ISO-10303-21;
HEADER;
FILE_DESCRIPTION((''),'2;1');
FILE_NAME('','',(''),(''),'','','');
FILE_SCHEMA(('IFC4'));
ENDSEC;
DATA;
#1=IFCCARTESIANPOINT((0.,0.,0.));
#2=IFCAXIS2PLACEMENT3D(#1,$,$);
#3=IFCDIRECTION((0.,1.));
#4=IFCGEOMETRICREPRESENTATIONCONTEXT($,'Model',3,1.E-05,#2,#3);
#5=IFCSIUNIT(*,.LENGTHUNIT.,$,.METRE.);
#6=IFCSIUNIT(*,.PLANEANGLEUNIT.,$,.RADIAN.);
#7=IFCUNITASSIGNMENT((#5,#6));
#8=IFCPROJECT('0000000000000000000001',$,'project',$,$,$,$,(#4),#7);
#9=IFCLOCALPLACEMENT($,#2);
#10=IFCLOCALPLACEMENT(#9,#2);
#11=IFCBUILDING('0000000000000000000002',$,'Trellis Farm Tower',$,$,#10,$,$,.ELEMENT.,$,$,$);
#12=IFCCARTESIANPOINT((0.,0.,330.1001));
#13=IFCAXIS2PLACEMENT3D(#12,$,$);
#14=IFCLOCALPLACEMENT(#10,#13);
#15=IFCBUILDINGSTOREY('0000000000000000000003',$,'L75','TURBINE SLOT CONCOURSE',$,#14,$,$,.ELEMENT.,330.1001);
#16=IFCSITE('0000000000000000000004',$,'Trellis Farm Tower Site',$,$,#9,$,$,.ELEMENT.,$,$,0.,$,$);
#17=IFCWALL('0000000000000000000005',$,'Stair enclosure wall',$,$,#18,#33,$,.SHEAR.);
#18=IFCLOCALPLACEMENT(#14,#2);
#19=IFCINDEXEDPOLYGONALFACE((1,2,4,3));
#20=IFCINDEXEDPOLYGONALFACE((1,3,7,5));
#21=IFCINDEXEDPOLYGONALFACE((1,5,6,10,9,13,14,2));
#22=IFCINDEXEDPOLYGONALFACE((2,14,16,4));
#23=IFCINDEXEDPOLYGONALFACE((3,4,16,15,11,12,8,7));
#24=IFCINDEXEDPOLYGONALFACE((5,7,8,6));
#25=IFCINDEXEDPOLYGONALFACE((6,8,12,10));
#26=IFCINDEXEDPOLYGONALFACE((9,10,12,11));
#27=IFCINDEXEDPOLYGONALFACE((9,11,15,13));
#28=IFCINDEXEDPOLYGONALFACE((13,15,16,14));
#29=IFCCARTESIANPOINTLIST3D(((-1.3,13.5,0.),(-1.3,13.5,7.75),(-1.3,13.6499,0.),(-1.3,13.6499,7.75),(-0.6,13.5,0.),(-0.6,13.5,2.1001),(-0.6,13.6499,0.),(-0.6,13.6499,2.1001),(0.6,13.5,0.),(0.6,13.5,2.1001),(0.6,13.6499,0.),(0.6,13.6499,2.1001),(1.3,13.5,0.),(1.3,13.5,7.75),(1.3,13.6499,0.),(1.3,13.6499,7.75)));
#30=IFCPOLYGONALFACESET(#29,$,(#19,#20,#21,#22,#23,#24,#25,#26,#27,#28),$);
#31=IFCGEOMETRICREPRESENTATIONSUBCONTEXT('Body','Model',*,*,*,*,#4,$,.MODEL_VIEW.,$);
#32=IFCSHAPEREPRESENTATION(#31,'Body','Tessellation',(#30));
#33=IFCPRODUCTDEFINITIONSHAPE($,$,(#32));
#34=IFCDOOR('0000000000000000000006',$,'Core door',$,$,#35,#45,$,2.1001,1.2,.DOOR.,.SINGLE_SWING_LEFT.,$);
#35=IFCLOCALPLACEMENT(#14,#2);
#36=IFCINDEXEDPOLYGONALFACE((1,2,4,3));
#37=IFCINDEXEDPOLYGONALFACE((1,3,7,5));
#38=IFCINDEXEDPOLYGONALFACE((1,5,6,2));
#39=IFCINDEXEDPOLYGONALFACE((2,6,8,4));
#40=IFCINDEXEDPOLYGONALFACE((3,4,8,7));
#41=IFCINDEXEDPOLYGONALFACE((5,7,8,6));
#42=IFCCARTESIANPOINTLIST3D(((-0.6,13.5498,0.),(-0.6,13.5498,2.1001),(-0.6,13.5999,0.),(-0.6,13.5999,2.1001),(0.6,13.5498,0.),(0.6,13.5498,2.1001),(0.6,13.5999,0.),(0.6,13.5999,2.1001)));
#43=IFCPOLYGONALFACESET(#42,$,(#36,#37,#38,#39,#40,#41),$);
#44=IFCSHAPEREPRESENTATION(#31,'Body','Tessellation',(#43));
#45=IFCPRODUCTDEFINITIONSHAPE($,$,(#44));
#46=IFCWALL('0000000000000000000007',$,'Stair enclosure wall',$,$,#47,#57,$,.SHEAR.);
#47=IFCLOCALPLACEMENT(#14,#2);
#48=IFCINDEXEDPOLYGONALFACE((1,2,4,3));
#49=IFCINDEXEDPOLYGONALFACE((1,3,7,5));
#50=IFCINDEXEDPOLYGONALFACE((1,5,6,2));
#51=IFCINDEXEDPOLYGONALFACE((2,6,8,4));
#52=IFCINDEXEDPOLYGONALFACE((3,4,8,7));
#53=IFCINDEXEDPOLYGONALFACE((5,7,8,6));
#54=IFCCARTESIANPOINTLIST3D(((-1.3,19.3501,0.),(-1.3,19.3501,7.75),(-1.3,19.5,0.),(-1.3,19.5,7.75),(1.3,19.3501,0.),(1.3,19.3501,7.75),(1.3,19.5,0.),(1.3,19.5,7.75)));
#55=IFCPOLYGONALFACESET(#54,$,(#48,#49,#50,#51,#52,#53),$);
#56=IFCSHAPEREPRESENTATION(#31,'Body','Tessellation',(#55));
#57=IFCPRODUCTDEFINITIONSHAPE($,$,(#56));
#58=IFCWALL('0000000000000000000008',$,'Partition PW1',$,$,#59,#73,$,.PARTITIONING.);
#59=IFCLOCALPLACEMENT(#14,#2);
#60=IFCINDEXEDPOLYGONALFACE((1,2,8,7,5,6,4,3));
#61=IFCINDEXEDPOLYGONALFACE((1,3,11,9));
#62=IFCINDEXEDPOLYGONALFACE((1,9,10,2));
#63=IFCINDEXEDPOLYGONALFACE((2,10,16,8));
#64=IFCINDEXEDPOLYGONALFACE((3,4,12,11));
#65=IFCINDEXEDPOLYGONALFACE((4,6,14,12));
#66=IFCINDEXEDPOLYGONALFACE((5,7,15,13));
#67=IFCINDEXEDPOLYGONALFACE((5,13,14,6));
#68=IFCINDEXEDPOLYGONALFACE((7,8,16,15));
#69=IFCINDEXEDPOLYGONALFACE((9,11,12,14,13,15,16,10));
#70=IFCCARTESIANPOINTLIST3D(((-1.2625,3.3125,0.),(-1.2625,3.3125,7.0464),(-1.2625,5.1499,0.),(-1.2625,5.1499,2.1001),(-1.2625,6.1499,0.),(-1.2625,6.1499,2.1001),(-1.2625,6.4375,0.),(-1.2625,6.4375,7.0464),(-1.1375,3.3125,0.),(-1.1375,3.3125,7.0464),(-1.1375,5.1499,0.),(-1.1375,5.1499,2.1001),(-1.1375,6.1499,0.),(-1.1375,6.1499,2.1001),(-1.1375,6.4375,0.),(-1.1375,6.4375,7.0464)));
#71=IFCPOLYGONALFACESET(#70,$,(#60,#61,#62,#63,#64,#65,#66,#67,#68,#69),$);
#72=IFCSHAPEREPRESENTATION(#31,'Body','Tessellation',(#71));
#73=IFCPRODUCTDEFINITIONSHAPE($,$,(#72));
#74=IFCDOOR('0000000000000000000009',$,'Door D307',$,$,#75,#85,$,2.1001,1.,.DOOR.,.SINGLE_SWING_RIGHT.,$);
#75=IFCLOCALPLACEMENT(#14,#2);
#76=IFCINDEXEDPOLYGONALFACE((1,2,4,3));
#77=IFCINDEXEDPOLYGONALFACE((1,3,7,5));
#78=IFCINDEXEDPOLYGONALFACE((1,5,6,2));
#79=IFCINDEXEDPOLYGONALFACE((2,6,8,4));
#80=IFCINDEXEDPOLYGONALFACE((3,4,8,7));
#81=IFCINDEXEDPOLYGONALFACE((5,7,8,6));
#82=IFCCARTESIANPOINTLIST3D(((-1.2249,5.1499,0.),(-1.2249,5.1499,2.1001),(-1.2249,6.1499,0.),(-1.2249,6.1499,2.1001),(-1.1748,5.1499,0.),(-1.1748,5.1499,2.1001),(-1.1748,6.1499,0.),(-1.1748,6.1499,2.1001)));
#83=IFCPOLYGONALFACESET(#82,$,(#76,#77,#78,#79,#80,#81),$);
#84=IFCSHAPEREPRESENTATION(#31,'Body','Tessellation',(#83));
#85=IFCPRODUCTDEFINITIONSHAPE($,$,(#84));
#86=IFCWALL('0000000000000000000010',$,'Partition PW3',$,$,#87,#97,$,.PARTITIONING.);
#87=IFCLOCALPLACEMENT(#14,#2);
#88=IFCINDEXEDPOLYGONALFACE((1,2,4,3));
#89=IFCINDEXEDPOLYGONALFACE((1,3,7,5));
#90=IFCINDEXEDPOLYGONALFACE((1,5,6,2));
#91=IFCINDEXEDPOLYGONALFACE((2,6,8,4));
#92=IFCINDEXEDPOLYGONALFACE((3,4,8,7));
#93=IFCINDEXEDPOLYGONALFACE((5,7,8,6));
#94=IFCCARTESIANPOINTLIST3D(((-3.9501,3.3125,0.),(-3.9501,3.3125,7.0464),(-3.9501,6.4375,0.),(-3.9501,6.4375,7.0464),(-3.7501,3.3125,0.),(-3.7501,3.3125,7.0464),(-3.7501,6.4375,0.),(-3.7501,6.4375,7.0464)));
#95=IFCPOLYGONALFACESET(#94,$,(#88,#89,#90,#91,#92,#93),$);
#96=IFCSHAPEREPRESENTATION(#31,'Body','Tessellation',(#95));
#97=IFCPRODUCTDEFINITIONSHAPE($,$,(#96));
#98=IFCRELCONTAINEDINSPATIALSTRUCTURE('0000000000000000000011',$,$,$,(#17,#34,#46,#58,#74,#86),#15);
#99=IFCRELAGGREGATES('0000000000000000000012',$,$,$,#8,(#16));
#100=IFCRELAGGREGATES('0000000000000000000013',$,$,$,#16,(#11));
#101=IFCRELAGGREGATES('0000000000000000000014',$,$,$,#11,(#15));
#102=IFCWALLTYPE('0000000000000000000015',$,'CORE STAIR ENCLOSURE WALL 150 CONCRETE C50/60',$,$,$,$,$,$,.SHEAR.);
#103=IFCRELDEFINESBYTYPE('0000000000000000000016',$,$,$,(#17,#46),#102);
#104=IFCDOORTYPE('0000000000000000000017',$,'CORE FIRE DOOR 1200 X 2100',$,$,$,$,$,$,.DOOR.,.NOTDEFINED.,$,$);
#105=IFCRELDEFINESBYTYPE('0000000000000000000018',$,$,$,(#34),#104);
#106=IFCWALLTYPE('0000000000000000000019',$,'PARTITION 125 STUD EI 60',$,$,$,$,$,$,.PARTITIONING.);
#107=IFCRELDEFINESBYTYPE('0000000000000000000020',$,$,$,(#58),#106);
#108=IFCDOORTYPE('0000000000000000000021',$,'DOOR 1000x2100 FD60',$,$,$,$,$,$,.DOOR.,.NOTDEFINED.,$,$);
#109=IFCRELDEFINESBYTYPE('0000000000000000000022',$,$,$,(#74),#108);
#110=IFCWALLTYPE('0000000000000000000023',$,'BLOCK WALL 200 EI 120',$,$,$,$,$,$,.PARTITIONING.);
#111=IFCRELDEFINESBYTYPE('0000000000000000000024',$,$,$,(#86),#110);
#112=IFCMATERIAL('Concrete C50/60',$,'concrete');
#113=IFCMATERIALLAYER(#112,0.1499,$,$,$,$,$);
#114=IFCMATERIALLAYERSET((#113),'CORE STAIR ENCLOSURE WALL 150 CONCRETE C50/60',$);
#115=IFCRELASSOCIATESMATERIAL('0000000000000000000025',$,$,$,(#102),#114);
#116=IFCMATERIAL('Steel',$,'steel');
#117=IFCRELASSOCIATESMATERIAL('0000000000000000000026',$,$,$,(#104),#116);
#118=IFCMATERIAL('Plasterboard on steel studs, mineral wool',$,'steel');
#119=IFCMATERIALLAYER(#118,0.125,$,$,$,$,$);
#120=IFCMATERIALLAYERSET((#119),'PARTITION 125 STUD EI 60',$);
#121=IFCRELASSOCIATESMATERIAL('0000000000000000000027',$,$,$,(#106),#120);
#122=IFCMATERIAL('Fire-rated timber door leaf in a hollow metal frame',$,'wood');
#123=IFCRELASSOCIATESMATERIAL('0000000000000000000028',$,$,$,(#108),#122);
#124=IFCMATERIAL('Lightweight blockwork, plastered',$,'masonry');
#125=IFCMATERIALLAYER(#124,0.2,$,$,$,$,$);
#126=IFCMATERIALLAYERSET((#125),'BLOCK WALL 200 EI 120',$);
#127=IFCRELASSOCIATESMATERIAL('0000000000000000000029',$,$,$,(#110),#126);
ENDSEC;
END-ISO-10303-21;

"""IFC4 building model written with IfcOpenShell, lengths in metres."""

from ifc_helpers import new_model, si_unit, direction, frame, frame_2d, origin, place, context, subcontext, project, spatial, rectangle, extrude, source, transform, mapped, material, layer, layer_set, type_object, element, fill, save


model = new_model("IFC4")

# Units and contexts
model_context = context("Model", 3, precision=1e-05, world=origin(), true_north=direction((0.0, 1.0)))
body_context = subcontext(model_context, "Body", "Model", "MODEL_VIEW")
ifc_project = project(units=[si_unit("LENGTHUNIT", "METRE"), si_unit("PLANEANGLEUNIT", "RADIAN")], contexts=[model_context])

# Site, building, storey
site_placement = place(None, origin())
site = spatial("IfcSite", under=ifc_project, at=site_placement, Name="Trellis Farm Tower Site", CompositionType="ELEMENT", RefElevation=0.0)
building_placement = place(site_placement, origin())
building = spatial("IfcBuilding", under=site, at=building_placement, Name="Trellis Farm Tower", CompositionType="ELEMENT")
storey_placement = place(building_placement, frame((0.0, 0.0, 330.1001)))
storey = spatial("IfcBuildingStorey", under=building, at=storey_placement, Name="L75", Description="TURBINE SLOT CONCOURSE", CompositionType="ELEMENT", Elevation=330.1001)

# Shared definitions
ifc_material_1 = material(Name="Concrete C50/60", Category="concrete")

# Wall, opening, door
ifc_layer_1 = layer(ifc_material_1, 0.1499)
ifc_layer_set_1 = layer_set([ifc_layer_1], Name="CORE STAIR ENCLOSURE WALL 150 CONCRETE C50/60")
wall_type_1 = type_object("IfcWallType", Name="CORE STAIR ENCLOSURE WALL 150 CONCRETE C50/60", PredefinedType="SHEAR", material=ifc_layer_set_1)
shared_shape_1 = source(origin(), body_context, "Body", "SweptSolid", [
    extrude(rectangle(XDim=2.6001, YDim=0.1499, at=frame_2d((1.3, 0.0))), origin(), (0.0, 0.0, 1.0), 7.75),
])
wall_1_placement = place(storey_placement, frame((-1.3, 13.575, 0.0), z_axis=(0.0, 0.0, 1.0), x_axis=(1.0, 0.0, 0.0)))
wall_1 = element("IfcWall", 1, at=wall_1_placement, inside=storey, type_object=wall_type_1, Name="Stair enclosure wall", PredefinedType="SHEAR", context=body_context, shape_type="MappedRepresentation", body=[
    mapped(shared_shape_1, transform((0.0, 0.0, 0.0))),
])
shared_shape_2 = source(origin(), body_context, "Body", "SweptSolid", [
    extrude(rectangle(XDim=1.2, YDim=2.1001, at=frame_2d((0.6001, 1.05))), frame((0.0, 0.085, 0.0), z_axis=(0.0, -1.0, 0.0), x_axis=(1.0, 0.0, 0.0)), (0.0, 0.0, 1.0), 0.1699),
])
opening_1_placement = place(wall_1_placement, frame((0.7, 0.0, 0.0)))
opening_1 = element("IfcOpeningElement", 2, at=opening_1_placement, cuts=wall_1, PredefinedType="OPENING", context=body_context, shape_type="MappedRepresentation", body=[
    mapped(shared_shape_2, transform((0.0, 0.0, 0.0))),
])
ifc_material_2 = material(Name="Steel", Category="steel")
door_type_1 = type_object("IfcDoorType", Name="CORE FIRE DOOR 1200 X 2100", OperationType="NOTDEFINED", PredefinedType="DOOR", material=ifc_material_2)
shared_shape_3 = source(origin(), body_context, "Body", "SweptSolid", [
    extrude(rectangle(XDim=1.2, YDim=2.1001, at=frame_2d((0.6001, 1.05))), frame((0.0, 0.0249, 0.0), z_axis=(0.0, -1.0, 0.0), x_axis=(1.0, 0.0, 0.0)), (0.0, 0.0, 1.0), 0.05),
])
door_1_placement = place(opening_1_placement, origin())
door_1 = element("IfcDoor", 3, at=door_1_placement, inside=storey, type_object=door_type_1, Name="Core door", OperationType="SINGLE_SWING_LEFT", OverallHeight=2.1001, OverallWidth=1.2, PredefinedType="DOOR", context=body_context, shape_type="MappedRepresentation", body=[
    mapped(shared_shape_3, transform((0.0, 0.0, 0.0))),
])
fill(opening_1, door_1)

# Wall
wall_2_placement = place(storey_placement, frame((-1.3, 19.425, 0.0), z_axis=(0.0, 0.0, 1.0), x_axis=(1.0, 0.0, 0.0)))
element("IfcWall", 4, at=wall_2_placement, inside=storey, type_object=wall_type_1, Name="Stair enclosure wall", PredefinedType="SHEAR", context=body_context, shape_type="MappedRepresentation", body=[
    mapped(shared_shape_1, transform((0.0, 0.0, 0.0))),
])

# Wall, opening, door
ifc_material_3 = material(Name="Plasterboard on steel studs, mineral wool", Category="steel")
ifc_layer_2 = layer(ifc_material_3, 0.125)
ifc_layer_set_2 = layer_set([ifc_layer_2], Name="PARTITION 125 STUD EI 60")
wall_type_2 = type_object("IfcWallType", Name="PARTITION 125 STUD EI 60", PredefinedType="PARTITIONING", material=ifc_layer_set_2)
shared_shape_4 = source(origin(), body_context, "Body", "SweptSolid", [
    extrude(rectangle(XDim=3.125, YDim=0.125, at=frame_2d((1.5625, 0.0))), origin(), (0.0, 0.0, 1.0), 7.0464),
])
wall_3_placement = place(storey_placement, frame((-1.2, 3.3125, 0.0), z_axis=(0.0, 0.0, 1.0), x_axis=(0.0, 1.0, 0.0)))
wall_3 = element("IfcWall", 5, at=wall_3_placement, inside=storey, type_object=wall_type_2, Name="Partition PW1", PredefinedType="PARTITIONING", context=body_context, shape_type="MappedRepresentation", body=[
    mapped(shared_shape_4, transform((0.0, 0.0, 0.0))),
])
shared_shape_5 = source(origin(), body_context, "Body", "SweptSolid", [
    extrude(rectangle(XDim=1.0, YDim=2.1001, at=frame_2d((0.5, 1.05))), frame((0.0, 0.0725, 0.0), z_axis=(0.0, -1.0, 0.0), x_axis=(1.0, 0.0, 0.0)), (0.0, 0.0, 1.0), 0.145),
])
opening_2_placement = place(wall_3_placement, frame((1.8374, 0.0, 0.0)))
opening_2 = element("IfcOpeningElement", 6, at=opening_2_placement, cuts=wall_3, PredefinedType="OPENING", context=body_context, shape_type="MappedRepresentation", body=[
    mapped(shared_shape_5, transform((0.0, 0.0, 0.0))),
])
ifc_material_4 = material(Name="Fire-rated timber door leaf in a hollow metal frame", Category="wood")
door_type_2 = type_object("IfcDoorType", Name="DOOR 1000x2100 FD60", OperationType="NOTDEFINED", PredefinedType="DOOR", material=ifc_material_4)
shared_shape_6 = source(origin(), body_context, "Body", "SweptSolid", [
    extrude(rectangle(XDim=1.0, YDim=2.1001, at=frame_2d((0.5, 1.05))), frame((0.0, 0.0249, 0.0), z_axis=(0.0, -1.0, 0.0), x_axis=(1.0, 0.0, 0.0)), (0.0, 0.0, 1.0), 0.05),
])
door_2_placement = place(opening_2_placement, origin())
door_2 = element("IfcDoor", 7, at=door_2_placement, inside=storey, type_object=door_type_2, Name="Door D307", OperationType="SINGLE_SWING_RIGHT", OverallHeight=2.1001, OverallWidth=1.0, PredefinedType="DOOR", context=body_context, shape_type="MappedRepresentation", body=[
    mapped(shared_shape_6, transform((0.0, 0.0, 0.0))),
])
fill(opening_2, door_2)

# Wall
ifc_material_5 = material(Name="Lightweight blockwork, plastered", Category="masonry")
ifc_layer_3 = layer(ifc_material_5, 0.2)
ifc_layer_set_3 = layer_set([ifc_layer_3], Name="BLOCK WALL 200 EI 120")
wall_type_3 = type_object("IfcWallType", Name="BLOCK WALL 200 EI 120", PredefinedType="PARTITIONING", material=ifc_layer_set_3)
shared_shape_7 = source(origin(), body_context, "Body", "SweptSolid", [
    extrude(rectangle(XDim=3.125, YDim=0.2, at=frame_2d((1.5625, 0.0))), origin(), (0.0, 0.0, 1.0), 7.0464),
])
wall_4_placement = place(storey_placement, frame((-3.8501, 3.3125, 0.0), z_axis=(0.0, 0.0, 1.0), x_axis=(0.0, 1.0, 0.0)))
element("IfcWall", 8, at=wall_4_placement, inside=storey, type_object=wall_type_3, Name="Partition PW3", PredefinedType="PARTITIONING", context=body_context, shape_type="MappedRepresentation", body=[
    mapped(shared_shape_7, transform((0.0, 0.0, 0.0))),
])

save(model, "model.ifc")
